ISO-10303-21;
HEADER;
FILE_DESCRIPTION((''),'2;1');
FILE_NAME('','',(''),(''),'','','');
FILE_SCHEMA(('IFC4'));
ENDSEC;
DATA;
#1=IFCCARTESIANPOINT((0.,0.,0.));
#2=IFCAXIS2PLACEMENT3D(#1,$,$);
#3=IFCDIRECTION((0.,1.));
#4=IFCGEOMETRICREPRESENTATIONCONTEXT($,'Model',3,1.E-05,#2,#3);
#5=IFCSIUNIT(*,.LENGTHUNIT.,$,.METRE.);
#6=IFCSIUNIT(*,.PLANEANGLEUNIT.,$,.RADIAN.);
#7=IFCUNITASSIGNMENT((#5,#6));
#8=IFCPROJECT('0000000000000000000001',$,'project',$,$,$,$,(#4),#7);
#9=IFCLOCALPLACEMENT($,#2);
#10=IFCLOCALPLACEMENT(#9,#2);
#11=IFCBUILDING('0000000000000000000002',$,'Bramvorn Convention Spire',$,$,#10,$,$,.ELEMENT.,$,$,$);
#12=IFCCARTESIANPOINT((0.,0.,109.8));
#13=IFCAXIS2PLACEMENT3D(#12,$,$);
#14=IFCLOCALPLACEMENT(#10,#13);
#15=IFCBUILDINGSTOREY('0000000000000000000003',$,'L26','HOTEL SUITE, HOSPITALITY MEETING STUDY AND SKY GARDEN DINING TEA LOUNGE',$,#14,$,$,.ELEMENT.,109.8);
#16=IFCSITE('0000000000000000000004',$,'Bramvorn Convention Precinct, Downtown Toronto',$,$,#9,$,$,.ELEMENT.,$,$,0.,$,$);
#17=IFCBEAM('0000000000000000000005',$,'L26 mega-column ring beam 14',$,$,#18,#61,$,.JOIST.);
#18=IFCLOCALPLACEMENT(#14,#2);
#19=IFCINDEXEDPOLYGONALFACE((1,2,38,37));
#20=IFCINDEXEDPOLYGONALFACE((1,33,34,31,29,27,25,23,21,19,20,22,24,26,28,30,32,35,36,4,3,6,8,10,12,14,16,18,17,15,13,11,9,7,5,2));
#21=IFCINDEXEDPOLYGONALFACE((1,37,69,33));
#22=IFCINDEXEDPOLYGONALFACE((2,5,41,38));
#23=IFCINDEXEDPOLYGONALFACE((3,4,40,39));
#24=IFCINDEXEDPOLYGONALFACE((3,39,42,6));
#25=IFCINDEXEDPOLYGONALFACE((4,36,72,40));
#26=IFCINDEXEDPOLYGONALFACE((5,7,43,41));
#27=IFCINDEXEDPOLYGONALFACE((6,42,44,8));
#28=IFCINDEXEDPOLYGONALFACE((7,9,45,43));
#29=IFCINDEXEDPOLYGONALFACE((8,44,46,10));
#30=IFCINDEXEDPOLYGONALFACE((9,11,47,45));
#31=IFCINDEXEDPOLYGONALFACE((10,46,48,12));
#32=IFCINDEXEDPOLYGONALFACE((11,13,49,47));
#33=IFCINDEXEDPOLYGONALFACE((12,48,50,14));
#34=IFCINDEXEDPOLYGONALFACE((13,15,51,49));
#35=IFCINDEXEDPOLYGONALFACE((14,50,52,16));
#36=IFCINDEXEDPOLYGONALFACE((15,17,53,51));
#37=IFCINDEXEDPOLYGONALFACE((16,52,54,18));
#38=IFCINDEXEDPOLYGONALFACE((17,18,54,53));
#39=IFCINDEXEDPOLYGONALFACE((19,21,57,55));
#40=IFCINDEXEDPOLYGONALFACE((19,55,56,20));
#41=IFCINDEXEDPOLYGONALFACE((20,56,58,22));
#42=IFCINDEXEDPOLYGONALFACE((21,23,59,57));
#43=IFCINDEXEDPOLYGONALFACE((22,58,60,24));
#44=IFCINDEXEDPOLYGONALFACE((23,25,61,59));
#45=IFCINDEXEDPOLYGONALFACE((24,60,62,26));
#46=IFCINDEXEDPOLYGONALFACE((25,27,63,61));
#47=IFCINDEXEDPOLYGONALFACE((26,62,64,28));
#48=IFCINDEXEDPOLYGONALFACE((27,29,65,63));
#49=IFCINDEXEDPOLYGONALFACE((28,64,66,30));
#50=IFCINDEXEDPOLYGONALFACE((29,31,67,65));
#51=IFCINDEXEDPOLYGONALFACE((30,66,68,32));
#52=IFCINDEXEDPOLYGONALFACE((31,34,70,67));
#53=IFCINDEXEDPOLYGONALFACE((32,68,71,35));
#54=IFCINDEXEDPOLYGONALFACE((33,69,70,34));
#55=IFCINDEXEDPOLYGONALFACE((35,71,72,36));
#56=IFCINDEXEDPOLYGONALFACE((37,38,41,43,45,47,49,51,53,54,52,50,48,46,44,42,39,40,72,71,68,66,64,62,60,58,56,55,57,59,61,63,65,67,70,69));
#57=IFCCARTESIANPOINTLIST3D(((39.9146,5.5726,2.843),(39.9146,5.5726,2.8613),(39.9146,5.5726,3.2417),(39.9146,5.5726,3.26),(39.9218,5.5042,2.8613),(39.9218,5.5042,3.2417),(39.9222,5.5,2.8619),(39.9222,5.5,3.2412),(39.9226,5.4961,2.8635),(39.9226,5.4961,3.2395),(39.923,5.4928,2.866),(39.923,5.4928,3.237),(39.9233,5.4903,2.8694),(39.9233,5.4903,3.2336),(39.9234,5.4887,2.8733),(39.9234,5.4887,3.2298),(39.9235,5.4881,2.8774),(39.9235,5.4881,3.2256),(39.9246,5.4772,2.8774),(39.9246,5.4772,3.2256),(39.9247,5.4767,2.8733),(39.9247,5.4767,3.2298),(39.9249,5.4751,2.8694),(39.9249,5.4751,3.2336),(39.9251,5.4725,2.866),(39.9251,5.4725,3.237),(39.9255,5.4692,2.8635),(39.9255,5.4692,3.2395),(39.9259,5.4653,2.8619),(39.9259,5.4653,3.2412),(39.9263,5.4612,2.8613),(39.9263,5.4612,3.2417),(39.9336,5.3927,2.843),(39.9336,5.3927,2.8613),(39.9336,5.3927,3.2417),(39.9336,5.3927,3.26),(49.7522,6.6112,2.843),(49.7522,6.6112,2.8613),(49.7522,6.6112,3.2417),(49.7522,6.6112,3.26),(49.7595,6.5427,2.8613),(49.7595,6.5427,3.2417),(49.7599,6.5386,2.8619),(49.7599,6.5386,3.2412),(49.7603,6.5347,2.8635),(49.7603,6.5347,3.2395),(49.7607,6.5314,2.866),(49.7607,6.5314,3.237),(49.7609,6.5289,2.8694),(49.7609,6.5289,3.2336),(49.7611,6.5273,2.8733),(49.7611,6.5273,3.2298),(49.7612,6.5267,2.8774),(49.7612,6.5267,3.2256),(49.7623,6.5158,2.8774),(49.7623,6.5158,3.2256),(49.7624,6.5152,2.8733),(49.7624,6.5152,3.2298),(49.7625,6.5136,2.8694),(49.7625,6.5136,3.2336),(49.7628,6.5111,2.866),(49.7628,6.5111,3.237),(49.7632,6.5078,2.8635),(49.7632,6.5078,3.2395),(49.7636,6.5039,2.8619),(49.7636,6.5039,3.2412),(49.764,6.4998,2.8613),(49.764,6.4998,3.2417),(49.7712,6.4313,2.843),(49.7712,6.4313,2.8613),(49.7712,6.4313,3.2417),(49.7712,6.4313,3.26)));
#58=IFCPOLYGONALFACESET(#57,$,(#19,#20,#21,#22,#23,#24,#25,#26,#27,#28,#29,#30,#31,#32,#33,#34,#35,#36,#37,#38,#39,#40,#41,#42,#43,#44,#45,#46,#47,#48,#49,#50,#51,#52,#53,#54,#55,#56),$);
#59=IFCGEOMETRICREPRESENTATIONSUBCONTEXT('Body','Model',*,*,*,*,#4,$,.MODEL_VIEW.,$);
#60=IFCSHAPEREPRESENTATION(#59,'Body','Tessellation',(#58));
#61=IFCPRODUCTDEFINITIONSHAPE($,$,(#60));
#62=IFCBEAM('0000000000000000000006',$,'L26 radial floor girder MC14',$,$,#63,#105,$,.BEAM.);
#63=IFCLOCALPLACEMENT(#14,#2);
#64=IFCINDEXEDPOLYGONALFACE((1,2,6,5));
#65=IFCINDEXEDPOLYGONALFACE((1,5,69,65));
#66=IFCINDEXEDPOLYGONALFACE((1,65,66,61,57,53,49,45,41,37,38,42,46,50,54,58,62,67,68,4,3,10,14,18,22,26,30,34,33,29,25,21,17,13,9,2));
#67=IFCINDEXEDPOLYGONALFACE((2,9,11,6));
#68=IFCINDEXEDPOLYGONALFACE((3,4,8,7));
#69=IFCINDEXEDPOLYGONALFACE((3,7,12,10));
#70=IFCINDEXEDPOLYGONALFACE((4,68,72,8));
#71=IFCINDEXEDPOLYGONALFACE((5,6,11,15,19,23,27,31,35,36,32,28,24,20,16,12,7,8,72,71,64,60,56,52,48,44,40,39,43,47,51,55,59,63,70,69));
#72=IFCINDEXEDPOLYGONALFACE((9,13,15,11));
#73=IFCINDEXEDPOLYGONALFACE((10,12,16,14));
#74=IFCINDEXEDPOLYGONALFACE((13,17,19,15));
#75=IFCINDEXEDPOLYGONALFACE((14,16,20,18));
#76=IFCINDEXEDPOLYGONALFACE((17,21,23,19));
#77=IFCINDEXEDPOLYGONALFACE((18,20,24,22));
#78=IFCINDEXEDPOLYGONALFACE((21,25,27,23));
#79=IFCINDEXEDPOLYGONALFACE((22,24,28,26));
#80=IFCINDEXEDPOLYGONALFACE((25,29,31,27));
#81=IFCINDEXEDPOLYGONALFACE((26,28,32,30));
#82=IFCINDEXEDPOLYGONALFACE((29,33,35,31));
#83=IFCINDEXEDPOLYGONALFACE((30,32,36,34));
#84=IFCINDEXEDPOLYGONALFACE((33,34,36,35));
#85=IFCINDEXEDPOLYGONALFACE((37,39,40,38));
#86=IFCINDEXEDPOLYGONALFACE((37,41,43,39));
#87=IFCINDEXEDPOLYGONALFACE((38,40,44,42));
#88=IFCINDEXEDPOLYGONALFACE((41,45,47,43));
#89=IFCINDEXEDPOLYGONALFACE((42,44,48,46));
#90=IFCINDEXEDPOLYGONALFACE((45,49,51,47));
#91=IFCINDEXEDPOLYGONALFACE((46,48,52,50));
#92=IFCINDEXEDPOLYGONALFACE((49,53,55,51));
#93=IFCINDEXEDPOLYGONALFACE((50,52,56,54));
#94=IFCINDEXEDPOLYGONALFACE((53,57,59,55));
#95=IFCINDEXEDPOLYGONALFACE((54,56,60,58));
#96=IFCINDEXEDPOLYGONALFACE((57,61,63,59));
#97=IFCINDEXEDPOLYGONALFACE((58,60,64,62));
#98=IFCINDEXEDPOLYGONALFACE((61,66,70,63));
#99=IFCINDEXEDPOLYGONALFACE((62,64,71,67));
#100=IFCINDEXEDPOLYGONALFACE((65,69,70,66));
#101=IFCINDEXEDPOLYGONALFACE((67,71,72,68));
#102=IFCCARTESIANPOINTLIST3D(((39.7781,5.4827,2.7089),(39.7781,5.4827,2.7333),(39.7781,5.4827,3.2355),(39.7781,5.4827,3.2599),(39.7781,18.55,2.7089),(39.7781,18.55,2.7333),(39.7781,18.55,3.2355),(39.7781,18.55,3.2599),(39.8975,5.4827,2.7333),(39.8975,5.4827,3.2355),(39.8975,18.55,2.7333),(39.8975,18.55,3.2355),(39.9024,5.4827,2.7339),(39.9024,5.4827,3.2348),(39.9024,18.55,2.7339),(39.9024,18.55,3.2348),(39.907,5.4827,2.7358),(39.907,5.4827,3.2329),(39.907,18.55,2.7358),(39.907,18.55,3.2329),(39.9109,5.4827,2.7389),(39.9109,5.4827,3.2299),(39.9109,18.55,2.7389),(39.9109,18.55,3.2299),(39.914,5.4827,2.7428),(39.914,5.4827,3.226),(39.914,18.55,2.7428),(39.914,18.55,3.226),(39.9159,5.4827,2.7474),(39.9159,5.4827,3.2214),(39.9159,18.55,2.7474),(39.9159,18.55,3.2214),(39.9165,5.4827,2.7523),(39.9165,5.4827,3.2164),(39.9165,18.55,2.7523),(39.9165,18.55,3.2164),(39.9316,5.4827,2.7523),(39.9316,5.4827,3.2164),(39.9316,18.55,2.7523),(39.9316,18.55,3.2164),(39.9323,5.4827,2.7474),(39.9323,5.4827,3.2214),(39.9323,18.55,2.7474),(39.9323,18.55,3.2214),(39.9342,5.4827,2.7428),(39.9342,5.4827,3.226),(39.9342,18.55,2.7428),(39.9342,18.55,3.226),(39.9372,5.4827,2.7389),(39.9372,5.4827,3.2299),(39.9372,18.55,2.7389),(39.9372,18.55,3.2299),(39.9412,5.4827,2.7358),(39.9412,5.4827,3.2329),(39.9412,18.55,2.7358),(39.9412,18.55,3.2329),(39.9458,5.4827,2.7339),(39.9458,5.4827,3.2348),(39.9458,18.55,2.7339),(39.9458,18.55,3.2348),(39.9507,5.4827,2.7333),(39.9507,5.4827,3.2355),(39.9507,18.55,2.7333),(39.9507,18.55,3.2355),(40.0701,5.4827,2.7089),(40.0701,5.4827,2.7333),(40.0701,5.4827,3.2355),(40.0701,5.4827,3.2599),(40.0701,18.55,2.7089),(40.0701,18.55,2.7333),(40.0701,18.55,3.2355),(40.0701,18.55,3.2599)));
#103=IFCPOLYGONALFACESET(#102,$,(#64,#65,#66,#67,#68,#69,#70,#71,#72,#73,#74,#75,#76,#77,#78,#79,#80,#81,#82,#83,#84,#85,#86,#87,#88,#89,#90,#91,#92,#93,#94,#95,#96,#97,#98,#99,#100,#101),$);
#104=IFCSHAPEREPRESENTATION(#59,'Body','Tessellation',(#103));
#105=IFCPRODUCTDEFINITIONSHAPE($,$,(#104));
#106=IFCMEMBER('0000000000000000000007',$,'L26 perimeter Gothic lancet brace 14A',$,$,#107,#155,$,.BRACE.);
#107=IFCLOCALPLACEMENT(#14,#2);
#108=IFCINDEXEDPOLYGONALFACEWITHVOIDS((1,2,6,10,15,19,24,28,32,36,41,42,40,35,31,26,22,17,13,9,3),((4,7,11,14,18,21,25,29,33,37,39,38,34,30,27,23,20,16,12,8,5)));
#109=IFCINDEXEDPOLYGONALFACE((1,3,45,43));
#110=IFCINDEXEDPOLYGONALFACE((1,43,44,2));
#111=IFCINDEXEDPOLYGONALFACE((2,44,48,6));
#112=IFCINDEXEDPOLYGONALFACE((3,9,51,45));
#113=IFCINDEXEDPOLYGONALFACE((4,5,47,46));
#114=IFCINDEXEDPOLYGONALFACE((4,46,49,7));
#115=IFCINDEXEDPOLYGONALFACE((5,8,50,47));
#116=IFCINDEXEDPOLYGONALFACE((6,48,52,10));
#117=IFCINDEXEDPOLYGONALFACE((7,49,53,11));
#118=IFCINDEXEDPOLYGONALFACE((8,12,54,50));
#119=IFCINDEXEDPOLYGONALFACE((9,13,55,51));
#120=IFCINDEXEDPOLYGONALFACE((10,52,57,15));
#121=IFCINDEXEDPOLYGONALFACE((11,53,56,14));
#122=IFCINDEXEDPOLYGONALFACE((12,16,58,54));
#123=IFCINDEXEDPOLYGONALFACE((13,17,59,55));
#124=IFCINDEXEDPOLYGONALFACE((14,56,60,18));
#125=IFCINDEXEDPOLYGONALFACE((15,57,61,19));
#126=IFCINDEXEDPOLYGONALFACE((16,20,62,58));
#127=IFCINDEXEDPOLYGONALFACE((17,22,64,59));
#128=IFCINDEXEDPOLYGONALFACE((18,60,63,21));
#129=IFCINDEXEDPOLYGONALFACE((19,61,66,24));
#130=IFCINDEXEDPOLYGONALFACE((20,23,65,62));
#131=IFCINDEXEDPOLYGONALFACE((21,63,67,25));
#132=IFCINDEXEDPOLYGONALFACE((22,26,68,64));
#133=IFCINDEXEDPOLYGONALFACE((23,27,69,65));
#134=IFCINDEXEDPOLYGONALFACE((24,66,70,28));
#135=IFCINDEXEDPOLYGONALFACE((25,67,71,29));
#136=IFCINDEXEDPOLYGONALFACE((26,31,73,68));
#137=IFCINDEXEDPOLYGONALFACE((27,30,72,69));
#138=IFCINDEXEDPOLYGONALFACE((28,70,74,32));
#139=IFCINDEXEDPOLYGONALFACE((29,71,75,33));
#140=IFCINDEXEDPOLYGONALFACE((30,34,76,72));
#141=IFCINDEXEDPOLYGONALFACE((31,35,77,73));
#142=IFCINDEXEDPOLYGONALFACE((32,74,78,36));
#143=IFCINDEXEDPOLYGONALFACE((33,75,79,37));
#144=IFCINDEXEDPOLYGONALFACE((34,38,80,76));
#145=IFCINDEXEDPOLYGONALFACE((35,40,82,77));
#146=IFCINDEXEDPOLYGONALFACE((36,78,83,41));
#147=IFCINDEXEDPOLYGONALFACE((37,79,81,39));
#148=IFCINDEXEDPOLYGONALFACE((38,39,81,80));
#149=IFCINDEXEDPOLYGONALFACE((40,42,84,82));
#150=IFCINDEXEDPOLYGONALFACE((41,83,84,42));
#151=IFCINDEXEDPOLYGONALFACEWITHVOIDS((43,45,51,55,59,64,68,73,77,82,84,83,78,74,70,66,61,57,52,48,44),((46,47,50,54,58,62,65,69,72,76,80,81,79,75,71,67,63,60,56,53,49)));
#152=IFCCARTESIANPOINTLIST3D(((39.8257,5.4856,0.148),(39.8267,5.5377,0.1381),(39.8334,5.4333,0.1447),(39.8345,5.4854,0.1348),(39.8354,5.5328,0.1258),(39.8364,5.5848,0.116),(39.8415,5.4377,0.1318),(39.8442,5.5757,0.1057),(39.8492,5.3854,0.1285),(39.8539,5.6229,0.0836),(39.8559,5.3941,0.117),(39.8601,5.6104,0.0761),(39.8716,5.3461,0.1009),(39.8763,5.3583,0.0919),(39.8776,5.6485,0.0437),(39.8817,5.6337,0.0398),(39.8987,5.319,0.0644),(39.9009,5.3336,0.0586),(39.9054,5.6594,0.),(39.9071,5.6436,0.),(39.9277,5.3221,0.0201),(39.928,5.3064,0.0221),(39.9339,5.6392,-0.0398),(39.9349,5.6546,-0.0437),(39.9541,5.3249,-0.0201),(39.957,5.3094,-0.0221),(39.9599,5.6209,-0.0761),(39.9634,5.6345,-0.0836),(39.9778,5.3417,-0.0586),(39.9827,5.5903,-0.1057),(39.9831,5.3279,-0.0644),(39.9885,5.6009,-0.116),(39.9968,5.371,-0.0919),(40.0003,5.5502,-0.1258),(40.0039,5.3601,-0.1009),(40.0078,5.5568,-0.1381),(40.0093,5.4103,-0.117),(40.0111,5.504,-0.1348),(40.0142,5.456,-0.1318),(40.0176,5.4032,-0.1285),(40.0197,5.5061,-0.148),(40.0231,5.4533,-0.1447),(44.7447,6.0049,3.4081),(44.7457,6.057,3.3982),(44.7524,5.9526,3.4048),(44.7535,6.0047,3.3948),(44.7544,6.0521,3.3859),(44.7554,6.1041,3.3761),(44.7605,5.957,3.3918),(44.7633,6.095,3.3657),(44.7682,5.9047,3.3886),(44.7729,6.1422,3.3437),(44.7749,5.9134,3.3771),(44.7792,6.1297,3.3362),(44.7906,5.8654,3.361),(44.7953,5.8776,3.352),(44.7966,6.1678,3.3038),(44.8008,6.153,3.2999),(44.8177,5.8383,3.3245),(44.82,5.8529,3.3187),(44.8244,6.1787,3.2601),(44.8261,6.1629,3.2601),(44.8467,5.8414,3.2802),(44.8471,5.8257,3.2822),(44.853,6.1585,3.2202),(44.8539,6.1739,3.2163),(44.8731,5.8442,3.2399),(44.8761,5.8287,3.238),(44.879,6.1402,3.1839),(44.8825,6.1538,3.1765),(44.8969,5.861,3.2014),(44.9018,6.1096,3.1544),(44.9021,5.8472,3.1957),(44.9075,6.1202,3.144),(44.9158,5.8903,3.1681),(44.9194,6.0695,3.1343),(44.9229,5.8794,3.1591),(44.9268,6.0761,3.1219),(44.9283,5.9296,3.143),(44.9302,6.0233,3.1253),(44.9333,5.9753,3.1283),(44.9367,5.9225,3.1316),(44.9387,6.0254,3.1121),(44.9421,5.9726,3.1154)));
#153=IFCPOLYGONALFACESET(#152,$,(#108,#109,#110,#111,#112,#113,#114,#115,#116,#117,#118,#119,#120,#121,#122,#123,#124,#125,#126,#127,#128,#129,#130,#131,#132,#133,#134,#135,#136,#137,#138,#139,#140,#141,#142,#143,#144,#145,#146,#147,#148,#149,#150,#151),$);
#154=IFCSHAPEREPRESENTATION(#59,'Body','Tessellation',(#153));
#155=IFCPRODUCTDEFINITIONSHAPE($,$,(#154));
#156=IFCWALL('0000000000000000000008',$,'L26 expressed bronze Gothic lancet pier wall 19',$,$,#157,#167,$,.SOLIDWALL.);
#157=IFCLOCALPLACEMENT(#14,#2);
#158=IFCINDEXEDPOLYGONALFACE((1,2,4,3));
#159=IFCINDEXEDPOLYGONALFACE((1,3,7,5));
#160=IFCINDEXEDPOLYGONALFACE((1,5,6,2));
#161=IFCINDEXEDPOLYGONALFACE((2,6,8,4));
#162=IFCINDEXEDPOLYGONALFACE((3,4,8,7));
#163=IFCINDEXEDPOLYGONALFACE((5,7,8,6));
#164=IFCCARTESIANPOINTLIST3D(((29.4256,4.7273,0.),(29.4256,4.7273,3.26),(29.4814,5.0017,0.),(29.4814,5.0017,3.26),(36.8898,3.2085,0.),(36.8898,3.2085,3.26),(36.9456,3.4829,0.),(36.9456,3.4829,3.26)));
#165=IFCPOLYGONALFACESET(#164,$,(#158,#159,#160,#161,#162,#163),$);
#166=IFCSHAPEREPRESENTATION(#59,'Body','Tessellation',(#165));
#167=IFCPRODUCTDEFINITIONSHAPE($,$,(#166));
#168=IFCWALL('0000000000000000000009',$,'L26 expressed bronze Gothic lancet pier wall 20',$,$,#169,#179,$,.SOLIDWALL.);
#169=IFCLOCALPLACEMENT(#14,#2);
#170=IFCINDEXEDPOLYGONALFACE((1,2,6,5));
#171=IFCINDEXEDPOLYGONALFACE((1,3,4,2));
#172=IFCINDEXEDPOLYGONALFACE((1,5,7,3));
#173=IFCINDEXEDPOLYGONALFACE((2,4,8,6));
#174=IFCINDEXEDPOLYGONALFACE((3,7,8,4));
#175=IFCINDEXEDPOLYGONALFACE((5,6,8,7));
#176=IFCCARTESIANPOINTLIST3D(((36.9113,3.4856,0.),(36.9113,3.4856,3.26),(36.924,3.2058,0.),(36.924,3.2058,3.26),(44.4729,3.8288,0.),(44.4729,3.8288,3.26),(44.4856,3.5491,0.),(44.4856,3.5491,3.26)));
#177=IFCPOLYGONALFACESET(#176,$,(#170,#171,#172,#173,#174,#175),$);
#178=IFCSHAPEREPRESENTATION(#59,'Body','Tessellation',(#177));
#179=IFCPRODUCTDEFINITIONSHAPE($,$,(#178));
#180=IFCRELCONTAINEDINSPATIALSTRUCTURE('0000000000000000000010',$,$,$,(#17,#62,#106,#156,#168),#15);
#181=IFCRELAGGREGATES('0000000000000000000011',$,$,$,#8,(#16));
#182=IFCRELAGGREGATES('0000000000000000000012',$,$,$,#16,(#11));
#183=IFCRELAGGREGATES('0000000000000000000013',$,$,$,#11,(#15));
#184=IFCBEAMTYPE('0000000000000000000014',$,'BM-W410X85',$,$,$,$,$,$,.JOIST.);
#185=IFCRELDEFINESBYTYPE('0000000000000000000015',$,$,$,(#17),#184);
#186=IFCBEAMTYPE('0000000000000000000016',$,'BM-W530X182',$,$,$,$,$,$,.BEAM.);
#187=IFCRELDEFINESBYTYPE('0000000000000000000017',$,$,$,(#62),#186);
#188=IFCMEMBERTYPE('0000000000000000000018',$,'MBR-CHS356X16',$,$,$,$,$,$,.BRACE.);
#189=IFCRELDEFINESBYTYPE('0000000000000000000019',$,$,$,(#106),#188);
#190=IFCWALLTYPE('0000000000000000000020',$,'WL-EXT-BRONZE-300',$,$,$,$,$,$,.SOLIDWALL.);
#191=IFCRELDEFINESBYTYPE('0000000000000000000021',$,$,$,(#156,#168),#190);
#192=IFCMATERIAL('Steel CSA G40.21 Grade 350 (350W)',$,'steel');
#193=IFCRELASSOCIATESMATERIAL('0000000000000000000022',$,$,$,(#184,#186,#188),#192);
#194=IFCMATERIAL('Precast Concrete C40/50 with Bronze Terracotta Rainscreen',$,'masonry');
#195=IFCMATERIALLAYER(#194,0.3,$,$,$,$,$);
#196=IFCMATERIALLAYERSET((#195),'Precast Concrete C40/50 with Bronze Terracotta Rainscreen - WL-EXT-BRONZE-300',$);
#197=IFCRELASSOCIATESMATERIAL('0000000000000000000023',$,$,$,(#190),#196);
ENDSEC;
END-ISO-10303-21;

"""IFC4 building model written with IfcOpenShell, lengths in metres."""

from ifc_helpers import new_model, si_unit, direction, frame, frame_2d, origin, origin_2d, place, context, subcontext, project, spatial, rectangle, hollow_circle, i_section, extrude, material, layer, layer_set, material_profile, profile_set, type_object, element, save


model = new_model("IFC4")

# Units and contexts
model_context = context("Model", 3, precision=1e-05, world=origin(), true_north=direction((0.0, 1.0)))
body_context = subcontext(model_context, "Body", "Model", "MODEL_VIEW")
ifc_project = project(units=[si_unit("LENGTHUNIT", "METRE"), si_unit("PLANEANGLEUNIT", "RADIAN")], contexts=[model_context])

# Site, building, storey
site_placement = place(None, origin())
site = spatial("IfcSite", under=ifc_project, at=site_placement, Name="Bramvorn Convention Precinct, Downtown Toronto", CompositionType="ELEMENT", RefElevation=0.0)
building_placement = place(site_placement, origin())
building = spatial("IfcBuilding", under=site, at=building_placement, Name="Bramvorn Convention Spire", CompositionType="ELEMENT")
storey_placement = place(building_placement, frame((0.0, 0.0, 109.8)))
storey = spatial("IfcBuildingStorey", under=building, at=storey_placement, Name="L26", Description="HOTEL SUITE, HOSPITALITY MEETING STUDY AND SKY GARDEN DINING TEA LOUNGE", CompositionType="ELEMENT", Elevation=109.8)

# Shared definitions
ifc_material_1 = material(Name="Steel CSA G40.21 Grade 350 (350W)", Category="steel")

# Beams
ifc_material_profile_1 = material_profile(ifc_material_1, i_section(OverallWidth=0.1809, OverallDepth=0.417, WebThickness=0.011, FlangeThickness=0.0183, FilletRadius=0.0161, at=origin_2d()))
ifc_profile_set_1 = profile_set([ifc_material_profile_1], Name="Steel CSA G40.21 Grade 350 (350W) - W410X85")
beam_type_1 = type_object("IfcBeamType", Name="BM-W410X85", PredefinedType="JOIST", material=ifc_profile_set_1)
beam_1_placement = place(storey_placement, frame((39.9241, 5.4827, 3.0515), z_axis=(0.994473, 0.104988, 0.0), x_axis=(-0.104988, 0.994473, 0.0)))
element("IfcBeam", 1, at=beam_1_placement, inside=storey, type_object=beam_type_1, Name="L26 mega-column ring beam 14", PredefinedType="JOIST", context=body_context, shape_type="SweptSolid", body=[
    extrude(i_section(OverallWidth=0.1809, OverallDepth=0.417, WebThickness=0.011, FlangeThickness=0.0183, FilletRadius=0.0161, at=origin_2d()), origin(), (0.0, 0.0, 1.0), 9.8923),
])
ifc_material_profile_2 = material_profile(ifc_material_1, i_section(OverallWidth=0.292, OverallDepth=0.551, WebThickness=0.0151, FlangeThickness=0.0244, FilletRadius=0.019, at=origin_2d()))
ifc_profile_set_2 = profile_set([ifc_material_profile_2], Name="Steel CSA G40.21 Grade 350 (350W) - W530X182")
beam_type_2 = type_object("IfcBeamType", Name="BM-W530X182", PredefinedType="BEAM", material=ifc_profile_set_2)
beam_2_placement = place(storey_placement, frame((39.9241, 18.55, 2.9844), z_axis=(0.0, -1.0, 0.0), x_axis=(1.0, 0.0, 0.0)))
element("IfcBeam", 2, at=beam_2_placement, inside=storey, type_object=beam_type_2, Name="L26 radial floor girder MC14", PredefinedType="BEAM", context=body_context, shape_type="SweptSolid", body=[
    extrude(i_section(OverallWidth=0.292, OverallDepth=0.551, WebThickness=0.0151, FlangeThickness=0.0244, FilletRadius=0.019, at=origin_2d()), origin(), (0.0, 0.0, 1.0), 13.0674),
])

# Member
ifc_material_profile_3 = material_profile(ifc_material_1, hollow_circle(Radius=0.1777, WallThickness=0.0159, at=origin_2d()))
ifc_profile_set_3 = profile_set([ifc_material_profile_3], Name="Steel CSA G40.21 Grade 350 (350W) - CHS356X16")
member_type = type_object("IfcMemberType", Name="MBR-CHS356X16", PredefinedType="BRACE", material=ifc_profile_set_3)
member_placement = place(storey_placement, frame((39.9241, 5.4827, 0.0), z_axis=(0.830347, 0.087659, 0.550309), x_axis=(-0.104985, 0.994474, 0.0)))
element("IfcMember", 3, at=member_placement, inside=storey, type_object=member_type, Name="L26 perimeter Gothic lancet brace 14A", PredefinedType="BRACE", context=body_context, shape_type="SweptSolid", body=[
    extrude(hollow_circle(Radius=0.1777, WallThickness=0.0159, at=origin_2d()), origin(), (0.0, 0.0, 1.0), 5.9241),
])

# Walls
ifc_material_2 = material(Name="Precast Concrete C40/50 with Bronze Terracotta Rainscreen", Category="masonry")
ifc_layer_1 = layer(ifc_material_2, 0.3)
ifc_layer_set_1 = layer_set([ifc_layer_1], Name="Precast Concrete C40/50 with Bronze Terracotta Rainscreen - WL-EXT-BRONZE-300")
wall_type_1 = type_object("IfcWallType", Name="WL-EXT-BRONZE-300", PredefinedType="SOLIDWALL", material=ifc_layer_set_1)
wall_1_placement = place(storey_placement, frame((36.9177, 3.3457, 0.0), z_axis=(0.0, 0.0, 1.0), x_axis=(-0.979921, 0.199388, 0.0)))
element("IfcWall", 4, at=wall_1_placement, inside=storey, type_object=wall_type_1, Name="L26 expressed bronze Gothic lancet pier wall 19", PredefinedType="SOLIDWALL", context=body_context, shape_type="SweptSolid", body=[
    extrude(rectangle(XDim=7.6172, YDim=0.28, at=frame_2d((3.8086, 0.0))), origin(), (0.0, 0.0, 1.0), 3.26),
])
wall_2_placement = place(storey_placement, frame((44.4792, 3.689, 0.0), z_axis=(0.0, 0.0, 1.0), x_axis=(-0.998971, -0.045349, 0.0)))
element("IfcWall", 5, at=wall_2_placement, inside=storey, type_object=wall_type_1, Name="L26 expressed bronze Gothic lancet pier wall 20", PredefinedType="SOLIDWALL", context=body_context, shape_type="SweptSolid", body=[
    extrude(rectangle(XDim=7.5693, YDim=0.28, at=frame_2d((3.7847, 0.0))), origin(), (0.0, 0.0, 1.0), 3.26),
])

save(model, "model.ifc")
